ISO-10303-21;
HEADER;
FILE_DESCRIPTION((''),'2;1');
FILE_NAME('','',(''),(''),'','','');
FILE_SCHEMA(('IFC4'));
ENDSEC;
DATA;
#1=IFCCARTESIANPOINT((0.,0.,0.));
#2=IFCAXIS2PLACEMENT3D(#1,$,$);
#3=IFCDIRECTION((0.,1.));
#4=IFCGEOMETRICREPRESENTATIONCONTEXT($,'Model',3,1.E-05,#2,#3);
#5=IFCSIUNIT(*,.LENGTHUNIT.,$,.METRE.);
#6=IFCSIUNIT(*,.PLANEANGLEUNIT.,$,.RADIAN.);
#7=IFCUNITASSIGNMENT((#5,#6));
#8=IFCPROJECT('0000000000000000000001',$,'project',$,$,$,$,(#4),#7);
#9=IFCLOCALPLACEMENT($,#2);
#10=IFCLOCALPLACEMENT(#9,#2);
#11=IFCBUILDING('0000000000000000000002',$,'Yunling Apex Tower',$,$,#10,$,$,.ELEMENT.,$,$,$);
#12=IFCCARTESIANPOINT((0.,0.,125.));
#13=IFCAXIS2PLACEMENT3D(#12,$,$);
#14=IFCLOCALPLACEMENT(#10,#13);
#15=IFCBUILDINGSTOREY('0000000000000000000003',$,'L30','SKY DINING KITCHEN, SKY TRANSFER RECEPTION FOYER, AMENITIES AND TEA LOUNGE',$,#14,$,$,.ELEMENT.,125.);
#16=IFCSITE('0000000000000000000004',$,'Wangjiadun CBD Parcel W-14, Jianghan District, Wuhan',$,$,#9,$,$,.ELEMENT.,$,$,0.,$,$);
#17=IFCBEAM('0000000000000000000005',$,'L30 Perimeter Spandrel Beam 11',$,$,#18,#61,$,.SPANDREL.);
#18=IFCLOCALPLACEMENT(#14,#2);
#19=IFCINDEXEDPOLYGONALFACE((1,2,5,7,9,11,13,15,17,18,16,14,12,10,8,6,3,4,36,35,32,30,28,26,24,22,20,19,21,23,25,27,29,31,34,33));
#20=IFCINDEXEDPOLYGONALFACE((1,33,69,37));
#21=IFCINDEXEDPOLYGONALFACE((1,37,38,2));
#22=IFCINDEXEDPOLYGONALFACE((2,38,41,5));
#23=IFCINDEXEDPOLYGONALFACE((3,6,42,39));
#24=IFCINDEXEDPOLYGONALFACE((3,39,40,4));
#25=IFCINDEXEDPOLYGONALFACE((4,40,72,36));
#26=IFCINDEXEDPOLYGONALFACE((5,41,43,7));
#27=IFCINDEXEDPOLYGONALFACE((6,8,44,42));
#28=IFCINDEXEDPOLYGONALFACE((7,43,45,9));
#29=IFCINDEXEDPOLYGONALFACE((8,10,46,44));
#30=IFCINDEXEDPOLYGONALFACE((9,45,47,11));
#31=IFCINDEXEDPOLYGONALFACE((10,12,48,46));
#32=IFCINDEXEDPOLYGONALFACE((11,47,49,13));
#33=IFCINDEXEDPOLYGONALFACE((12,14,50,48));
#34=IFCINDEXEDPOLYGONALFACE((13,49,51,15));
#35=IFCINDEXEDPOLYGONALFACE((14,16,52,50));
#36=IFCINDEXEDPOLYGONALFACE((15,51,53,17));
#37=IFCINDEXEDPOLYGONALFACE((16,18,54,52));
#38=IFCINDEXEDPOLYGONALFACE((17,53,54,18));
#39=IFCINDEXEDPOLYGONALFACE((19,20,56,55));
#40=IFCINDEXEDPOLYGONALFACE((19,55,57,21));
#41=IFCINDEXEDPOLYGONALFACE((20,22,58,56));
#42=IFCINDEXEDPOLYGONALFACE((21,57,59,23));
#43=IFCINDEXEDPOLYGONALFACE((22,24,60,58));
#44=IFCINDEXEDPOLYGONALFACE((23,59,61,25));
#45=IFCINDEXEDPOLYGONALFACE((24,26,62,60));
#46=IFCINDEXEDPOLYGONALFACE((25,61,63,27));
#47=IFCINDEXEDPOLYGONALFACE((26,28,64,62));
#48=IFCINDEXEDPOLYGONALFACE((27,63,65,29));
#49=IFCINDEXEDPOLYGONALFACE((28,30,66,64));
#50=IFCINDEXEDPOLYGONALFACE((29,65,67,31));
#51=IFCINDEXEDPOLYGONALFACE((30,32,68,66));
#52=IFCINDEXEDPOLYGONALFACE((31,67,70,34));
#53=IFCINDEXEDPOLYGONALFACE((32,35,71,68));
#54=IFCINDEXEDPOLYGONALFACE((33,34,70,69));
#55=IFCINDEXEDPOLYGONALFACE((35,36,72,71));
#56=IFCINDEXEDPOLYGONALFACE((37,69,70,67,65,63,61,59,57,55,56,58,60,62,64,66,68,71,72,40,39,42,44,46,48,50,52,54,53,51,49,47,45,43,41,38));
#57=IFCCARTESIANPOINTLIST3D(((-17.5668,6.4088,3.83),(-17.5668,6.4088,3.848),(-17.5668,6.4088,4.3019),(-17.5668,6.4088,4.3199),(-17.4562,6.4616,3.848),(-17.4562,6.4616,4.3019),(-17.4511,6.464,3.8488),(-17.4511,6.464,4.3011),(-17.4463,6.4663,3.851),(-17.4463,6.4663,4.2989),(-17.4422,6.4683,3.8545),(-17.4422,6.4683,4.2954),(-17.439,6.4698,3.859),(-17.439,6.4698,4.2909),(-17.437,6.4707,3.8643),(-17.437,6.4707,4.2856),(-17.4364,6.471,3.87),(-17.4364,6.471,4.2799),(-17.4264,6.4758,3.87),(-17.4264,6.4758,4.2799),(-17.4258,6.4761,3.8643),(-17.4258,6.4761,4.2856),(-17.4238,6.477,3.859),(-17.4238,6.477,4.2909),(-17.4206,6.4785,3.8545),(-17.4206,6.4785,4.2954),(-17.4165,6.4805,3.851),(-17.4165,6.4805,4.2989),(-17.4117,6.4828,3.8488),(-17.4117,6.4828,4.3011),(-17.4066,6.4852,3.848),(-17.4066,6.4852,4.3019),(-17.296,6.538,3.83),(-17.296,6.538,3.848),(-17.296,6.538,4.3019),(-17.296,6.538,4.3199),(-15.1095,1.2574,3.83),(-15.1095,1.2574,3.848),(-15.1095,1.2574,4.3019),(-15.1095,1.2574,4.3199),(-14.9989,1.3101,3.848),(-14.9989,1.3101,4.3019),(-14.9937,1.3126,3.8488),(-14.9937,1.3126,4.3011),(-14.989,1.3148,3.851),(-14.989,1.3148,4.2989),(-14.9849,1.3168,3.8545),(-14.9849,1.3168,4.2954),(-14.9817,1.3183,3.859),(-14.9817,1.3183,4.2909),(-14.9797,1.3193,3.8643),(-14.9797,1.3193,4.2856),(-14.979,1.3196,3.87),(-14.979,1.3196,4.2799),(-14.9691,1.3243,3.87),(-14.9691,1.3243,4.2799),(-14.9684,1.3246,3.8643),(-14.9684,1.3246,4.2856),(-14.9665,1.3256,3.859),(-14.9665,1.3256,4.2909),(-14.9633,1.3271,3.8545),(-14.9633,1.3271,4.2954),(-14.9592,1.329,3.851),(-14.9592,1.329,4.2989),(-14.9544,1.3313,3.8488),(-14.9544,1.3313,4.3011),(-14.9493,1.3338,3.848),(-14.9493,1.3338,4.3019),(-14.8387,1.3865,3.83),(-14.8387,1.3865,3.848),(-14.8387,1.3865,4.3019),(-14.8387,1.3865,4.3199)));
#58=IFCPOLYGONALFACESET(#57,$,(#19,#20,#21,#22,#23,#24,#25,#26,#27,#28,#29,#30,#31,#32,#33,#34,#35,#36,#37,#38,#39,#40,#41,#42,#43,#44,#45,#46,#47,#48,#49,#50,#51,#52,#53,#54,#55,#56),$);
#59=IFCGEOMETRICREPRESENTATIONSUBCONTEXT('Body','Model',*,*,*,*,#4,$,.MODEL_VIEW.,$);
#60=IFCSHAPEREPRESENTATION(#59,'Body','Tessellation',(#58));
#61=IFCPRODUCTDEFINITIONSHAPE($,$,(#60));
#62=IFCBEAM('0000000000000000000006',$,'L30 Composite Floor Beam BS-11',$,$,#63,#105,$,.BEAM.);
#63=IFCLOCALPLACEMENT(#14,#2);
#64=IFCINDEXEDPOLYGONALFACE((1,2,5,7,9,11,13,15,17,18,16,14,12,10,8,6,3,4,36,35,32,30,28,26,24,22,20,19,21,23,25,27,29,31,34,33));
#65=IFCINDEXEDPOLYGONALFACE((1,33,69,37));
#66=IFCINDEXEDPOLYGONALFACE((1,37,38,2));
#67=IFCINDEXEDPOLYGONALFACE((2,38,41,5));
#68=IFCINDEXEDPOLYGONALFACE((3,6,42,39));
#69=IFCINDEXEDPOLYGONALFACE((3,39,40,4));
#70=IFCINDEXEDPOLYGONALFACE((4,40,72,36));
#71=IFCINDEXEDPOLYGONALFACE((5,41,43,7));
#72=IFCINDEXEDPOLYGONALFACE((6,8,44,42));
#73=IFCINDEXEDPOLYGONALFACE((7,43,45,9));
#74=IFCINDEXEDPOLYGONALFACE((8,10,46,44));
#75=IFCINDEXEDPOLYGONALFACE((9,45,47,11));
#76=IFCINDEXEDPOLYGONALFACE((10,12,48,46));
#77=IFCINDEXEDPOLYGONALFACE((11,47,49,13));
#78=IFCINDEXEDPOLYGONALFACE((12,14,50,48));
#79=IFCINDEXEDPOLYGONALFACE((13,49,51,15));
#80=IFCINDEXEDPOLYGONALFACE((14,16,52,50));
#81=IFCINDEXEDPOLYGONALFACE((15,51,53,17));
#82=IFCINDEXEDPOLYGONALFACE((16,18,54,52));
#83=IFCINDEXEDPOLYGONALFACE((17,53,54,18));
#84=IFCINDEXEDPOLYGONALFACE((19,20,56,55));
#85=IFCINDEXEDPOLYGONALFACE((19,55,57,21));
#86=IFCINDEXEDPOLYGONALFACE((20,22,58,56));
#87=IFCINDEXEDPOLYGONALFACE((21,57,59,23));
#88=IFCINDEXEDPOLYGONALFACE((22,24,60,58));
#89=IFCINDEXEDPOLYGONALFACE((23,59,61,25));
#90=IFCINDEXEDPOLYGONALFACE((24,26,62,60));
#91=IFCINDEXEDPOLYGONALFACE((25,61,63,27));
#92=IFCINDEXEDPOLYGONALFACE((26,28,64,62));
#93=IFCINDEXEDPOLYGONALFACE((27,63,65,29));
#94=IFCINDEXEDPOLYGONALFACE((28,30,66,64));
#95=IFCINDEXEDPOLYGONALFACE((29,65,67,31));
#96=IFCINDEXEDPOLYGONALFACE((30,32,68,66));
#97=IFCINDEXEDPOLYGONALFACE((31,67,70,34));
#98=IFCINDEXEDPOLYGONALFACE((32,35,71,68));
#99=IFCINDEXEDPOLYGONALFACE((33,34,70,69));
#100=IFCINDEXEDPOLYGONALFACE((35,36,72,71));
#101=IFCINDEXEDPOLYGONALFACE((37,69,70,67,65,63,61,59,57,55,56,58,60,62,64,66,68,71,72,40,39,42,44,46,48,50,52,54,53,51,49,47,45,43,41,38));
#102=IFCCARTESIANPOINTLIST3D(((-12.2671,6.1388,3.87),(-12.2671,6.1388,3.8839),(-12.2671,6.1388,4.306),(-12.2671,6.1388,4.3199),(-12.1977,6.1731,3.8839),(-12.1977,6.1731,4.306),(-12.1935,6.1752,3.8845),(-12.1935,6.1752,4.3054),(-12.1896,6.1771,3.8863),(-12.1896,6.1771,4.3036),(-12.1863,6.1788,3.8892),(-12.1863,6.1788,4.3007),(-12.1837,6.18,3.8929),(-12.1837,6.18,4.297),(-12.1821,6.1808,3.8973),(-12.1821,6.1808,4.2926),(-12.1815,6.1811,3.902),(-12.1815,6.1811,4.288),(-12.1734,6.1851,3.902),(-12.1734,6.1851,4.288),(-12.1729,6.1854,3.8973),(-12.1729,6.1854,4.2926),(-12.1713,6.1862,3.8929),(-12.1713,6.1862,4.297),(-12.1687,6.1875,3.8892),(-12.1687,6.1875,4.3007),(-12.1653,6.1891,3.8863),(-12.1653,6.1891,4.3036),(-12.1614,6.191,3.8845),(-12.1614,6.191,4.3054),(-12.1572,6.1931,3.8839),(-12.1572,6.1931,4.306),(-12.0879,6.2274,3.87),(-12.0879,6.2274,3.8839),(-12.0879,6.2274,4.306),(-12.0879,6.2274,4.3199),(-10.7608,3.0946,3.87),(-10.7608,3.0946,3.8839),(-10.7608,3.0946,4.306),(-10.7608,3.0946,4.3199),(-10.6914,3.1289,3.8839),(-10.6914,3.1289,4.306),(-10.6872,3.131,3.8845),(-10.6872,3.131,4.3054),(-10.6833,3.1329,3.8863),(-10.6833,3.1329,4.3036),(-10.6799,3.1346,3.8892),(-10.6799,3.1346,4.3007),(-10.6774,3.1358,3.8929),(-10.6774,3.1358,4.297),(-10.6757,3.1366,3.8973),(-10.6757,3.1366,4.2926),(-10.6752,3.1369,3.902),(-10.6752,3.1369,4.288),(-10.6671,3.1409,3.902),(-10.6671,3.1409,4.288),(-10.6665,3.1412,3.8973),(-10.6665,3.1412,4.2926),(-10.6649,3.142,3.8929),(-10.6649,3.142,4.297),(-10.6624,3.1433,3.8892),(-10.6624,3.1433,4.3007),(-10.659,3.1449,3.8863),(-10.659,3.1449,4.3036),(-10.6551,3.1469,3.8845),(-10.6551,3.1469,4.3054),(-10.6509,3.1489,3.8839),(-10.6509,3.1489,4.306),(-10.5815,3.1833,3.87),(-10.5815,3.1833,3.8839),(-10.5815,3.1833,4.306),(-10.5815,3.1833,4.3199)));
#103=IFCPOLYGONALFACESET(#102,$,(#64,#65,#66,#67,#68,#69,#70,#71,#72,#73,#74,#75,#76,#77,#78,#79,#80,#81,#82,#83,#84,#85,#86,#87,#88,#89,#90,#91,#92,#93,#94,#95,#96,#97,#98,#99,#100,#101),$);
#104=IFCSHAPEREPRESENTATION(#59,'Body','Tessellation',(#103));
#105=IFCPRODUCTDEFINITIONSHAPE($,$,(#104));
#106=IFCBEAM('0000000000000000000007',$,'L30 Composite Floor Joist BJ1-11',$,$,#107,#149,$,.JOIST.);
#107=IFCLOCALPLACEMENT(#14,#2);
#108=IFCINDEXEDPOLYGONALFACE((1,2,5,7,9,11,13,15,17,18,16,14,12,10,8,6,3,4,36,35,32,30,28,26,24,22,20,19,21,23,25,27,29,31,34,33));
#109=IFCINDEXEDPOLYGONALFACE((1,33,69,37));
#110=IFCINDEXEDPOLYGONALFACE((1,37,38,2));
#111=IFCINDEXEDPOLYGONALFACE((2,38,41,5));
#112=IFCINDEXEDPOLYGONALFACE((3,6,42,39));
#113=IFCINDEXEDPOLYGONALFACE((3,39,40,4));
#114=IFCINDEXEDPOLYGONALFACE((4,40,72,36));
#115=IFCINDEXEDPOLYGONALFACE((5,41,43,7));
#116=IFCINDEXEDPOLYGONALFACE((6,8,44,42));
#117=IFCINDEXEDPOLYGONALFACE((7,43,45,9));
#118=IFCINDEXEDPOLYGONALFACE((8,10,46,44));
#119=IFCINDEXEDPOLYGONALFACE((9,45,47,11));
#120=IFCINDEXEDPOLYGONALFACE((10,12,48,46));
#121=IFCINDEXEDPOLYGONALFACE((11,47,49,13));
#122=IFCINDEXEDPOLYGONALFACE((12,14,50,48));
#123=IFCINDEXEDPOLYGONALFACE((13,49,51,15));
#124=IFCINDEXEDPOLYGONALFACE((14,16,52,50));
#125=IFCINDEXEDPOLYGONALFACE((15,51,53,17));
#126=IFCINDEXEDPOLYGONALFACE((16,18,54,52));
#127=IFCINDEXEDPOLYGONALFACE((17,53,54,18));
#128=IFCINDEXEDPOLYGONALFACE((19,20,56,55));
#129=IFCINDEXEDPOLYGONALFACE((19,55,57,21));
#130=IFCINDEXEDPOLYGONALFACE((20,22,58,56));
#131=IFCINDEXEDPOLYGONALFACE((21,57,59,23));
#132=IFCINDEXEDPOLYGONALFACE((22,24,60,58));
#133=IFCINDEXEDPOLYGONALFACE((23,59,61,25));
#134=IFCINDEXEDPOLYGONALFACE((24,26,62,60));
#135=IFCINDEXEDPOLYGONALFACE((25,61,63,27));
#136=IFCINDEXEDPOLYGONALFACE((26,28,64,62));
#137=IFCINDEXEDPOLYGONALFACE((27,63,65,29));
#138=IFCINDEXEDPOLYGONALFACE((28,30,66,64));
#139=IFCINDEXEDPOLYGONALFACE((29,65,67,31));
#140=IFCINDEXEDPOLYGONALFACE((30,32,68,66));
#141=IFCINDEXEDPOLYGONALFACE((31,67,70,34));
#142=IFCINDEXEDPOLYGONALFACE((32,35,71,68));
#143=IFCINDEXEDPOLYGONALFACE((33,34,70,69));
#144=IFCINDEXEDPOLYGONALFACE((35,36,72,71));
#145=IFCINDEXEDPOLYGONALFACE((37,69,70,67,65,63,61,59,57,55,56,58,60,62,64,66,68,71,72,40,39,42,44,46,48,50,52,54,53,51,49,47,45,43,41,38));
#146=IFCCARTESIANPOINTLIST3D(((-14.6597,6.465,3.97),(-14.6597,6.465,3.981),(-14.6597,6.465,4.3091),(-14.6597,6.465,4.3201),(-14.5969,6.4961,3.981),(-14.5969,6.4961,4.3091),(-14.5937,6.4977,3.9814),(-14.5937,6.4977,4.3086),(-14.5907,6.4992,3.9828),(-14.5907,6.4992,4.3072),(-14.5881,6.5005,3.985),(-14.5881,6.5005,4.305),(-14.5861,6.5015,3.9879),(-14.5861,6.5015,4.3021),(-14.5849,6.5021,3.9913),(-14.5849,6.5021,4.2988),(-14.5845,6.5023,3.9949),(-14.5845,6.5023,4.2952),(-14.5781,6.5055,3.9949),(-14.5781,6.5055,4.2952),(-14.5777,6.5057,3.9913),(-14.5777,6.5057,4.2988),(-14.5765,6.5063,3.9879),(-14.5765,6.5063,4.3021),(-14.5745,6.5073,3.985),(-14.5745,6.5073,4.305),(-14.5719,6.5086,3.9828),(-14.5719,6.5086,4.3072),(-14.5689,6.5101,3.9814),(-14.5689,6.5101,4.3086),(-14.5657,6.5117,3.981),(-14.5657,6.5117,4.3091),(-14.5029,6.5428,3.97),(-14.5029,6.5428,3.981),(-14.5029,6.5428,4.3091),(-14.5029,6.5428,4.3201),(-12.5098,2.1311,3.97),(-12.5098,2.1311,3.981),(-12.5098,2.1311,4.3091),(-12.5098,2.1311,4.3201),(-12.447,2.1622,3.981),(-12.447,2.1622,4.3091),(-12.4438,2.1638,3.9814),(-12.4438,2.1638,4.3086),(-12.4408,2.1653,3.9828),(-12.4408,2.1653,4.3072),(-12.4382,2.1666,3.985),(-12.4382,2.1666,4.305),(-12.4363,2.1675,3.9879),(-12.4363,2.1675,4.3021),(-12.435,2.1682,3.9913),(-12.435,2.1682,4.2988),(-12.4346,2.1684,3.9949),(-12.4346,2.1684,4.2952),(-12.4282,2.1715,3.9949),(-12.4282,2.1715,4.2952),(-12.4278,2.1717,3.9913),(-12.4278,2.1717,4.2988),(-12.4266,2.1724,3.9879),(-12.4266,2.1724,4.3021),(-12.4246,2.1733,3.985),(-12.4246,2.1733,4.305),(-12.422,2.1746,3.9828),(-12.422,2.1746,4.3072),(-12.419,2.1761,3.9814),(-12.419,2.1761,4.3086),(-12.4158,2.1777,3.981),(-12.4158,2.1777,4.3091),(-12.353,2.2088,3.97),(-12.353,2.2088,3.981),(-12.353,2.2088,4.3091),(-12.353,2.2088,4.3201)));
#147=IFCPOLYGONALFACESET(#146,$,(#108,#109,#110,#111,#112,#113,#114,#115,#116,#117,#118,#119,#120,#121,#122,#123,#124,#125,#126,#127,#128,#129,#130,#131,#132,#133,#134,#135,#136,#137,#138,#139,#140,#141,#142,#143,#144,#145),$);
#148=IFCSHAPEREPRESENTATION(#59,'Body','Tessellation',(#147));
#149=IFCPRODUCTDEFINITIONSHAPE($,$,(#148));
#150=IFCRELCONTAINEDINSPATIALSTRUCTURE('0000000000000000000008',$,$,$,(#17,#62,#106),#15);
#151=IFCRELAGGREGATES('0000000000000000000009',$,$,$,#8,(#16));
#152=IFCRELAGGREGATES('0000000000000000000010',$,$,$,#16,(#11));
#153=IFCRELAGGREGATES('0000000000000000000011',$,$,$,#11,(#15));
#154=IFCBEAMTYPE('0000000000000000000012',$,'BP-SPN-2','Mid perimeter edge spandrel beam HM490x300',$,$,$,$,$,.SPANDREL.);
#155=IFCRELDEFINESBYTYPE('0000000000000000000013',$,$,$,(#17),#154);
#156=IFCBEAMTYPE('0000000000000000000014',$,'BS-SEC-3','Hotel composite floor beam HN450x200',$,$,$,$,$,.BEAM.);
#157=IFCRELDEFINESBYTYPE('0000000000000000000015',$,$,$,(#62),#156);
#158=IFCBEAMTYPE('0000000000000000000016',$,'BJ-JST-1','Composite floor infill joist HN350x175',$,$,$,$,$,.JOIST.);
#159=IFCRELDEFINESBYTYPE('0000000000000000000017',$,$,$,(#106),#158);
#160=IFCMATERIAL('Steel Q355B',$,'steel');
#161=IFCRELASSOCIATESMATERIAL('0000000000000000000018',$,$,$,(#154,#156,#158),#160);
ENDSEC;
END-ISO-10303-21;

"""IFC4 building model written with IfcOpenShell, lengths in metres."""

from ifc_helpers import new_model, si_unit, direction, frame, origin, origin_2d, place, context, subcontext, project, spatial, i_section, extrude, source, transform, mapped, material, material_profile, profile_set, type_object, element, save


model = new_model("IFC4")

# Units and contexts
model_context = context("Model", 3, precision=1e-05, world=origin(), true_north=direction((0.0, 1.0)))
body_context = subcontext(model_context, "Body", "Model", "MODEL_VIEW")
ifc_project = project(units=[si_unit("LENGTHUNIT", "METRE"), si_unit("PLANEANGLEUNIT", "RADIAN")], contexts=[model_context])

# Site, building, storey
site_placement = place(None, origin())
site = spatial("IfcSite", under=ifc_project, at=site_placement, Name="Wangjiadun CBD Parcel W-14, Jianghan District, Wuhan", CompositionType="ELEMENT", RefElevation=0.0)
building_placement = place(site_placement, origin())
building = spatial("IfcBuilding", under=site, at=building_placement, Name="Yunling Apex Tower", CompositionType="ELEMENT")
storey_placement = place(building_placement, frame((0.0, 0.0, 125.0)))
storey = spatial("IfcBuildingStorey", under=building, at=storey_placement, Name="L30", Description="SKY DINING KITCHEN, SKY TRANSFER RECEPTION FOYER, AMENITIES AND TEA LOUNGE", CompositionType="ELEMENT", Elevation=125.0)

# Beams
ifc_material_1 = material(Name="Steel Q355B", Category="steel")
ifc_material_profile_1 = material_profile(ifc_material_1, i_section(OverallWidth=0.3, OverallDepth=0.49, WebThickness=0.011, FlangeThickness=0.0181, FilletRadius=0.022, at=origin_2d()))
ifc_profile_set_1 = profile_set([ifc_material_profile_1], Name="Steel Q355B")
beam_type_1 = type_object("IfcBeamType", Name="BP-SPN-2", Description="Mid perimeter edge spandrel beam HM490x300", PredefinedType="SPANDREL", material=ifc_profile_set_1)
shared_shape_1 = source(origin(), body_context, "Body", "SweptSolid", [
    extrude(i_section(OverallWidth=0.3, OverallDepth=0.49, WebThickness=0.011, FlangeThickness=0.0181, FilletRadius=0.022, at=origin_2d()), origin(), (0.0, 0.0, 1.0), 5.7075),
])
beam_1_placement = place(storey_placement, frame((-17.4314, 6.4734, 4.075), z_axis=(0.43054, -0.902572, 0.0), x_axis=(0.902572, 0.43054, 0.0)))
element("IfcBeam", 1, at=beam_1_placement, inside=storey, type_object=beam_type_1, Name="L30 Perimeter Spandrel Beam 11", PredefinedType="SPANDREL", context=body_context, shape_type="MappedRepresentation", body=[
    mapped(shared_shape_1, transform((0.0, 0.0, 0.0), scale=1.0)),
])
ifc_material_profile_2 = material_profile(ifc_material_1, i_section(OverallWidth=0.2, OverallDepth=0.45, WebThickness=0.009, FlangeThickness=0.0139, FilletRadius=0.0181, at=origin_2d()))
ifc_profile_set_2 = profile_set([ifc_material_profile_2], Name="Steel Q355B")
beam_type_2 = type_object("IfcBeamType", Name="BS-SEC-3", Description="Hotel composite floor beam HN450x200", PredefinedType="BEAM", material=ifc_profile_set_2)
shared_shape_2 = source(origin(), body_context, "Body", "SweptSolid", [
    extrude(i_section(OverallWidth=0.2, OverallDepth=0.45, WebThickness=0.009, FlangeThickness=0.0139, FilletRadius=0.0181, at=origin_2d()), origin(), (0.0, 0.0, 1.0), 3.3965),
])
beam_2_placement = place(storey_placement, frame((-12.1775, 6.1831, 4.095), z_axis=(0.443501, -0.896274, 0.0), x_axis=(0.896274, 0.443501, 0.0)))
element("IfcBeam", 2, at=beam_2_placement, inside=storey, type_object=beam_type_2, Name="L30 Composite Floor Beam BS-11", PredefinedType="BEAM", context=body_context, shape_type="MappedRepresentation", body=[
    mapped(shared_shape_2, transform((0.0, 0.0, 0.0), scale=1.0)),
])
ifc_material_profile_3 = material_profile(ifc_material_1, i_section(OverallWidth=0.175, OverallDepth=0.3501, WebThickness=0.0071, FlangeThickness=0.011, FilletRadius=0.0139, at=origin_2d()))
ifc_profile_set_3 = profile_set([ifc_material_profile_3], Name="Steel Q355B")
beam_type_3 = type_object("IfcBeamType", Name="BJ-JST-1", Description="Composite floor infill joist HN350x175", PredefinedType="JOIST", material=ifc_profile_set_3)
shared_shape_3 = source(origin(), body_context, "Body", "SweptSolid", [
    extrude(i_section(OverallWidth=0.175, OverallDepth=0.3501, WebThickness=0.0071, FlangeThickness=0.011, FilletRadius=0.0139, at=origin_2d()), origin(), (0.0, 0.0, 1.0), 4.8379),
])
beam_3_placement = place(storey_placement, frame((-14.5813, 6.5039, 4.145), z_axis=(0.444385, -0.895836, 0.0), x_axis=(0.895836, 0.444385, 0.0)))
element("IfcBeam", 3, at=beam_3_placement, inside=storey, type_object=beam_type_3, Name="L30 Composite Floor Joist BJ1-11", PredefinedType="JOIST", context=body_context, shape_type="MappedRepresentation", body=[
    mapped(shared_shape_3, transform((0.0, 0.0, 0.0), scale=1.0)),
])

save(model, "model.ifc")
